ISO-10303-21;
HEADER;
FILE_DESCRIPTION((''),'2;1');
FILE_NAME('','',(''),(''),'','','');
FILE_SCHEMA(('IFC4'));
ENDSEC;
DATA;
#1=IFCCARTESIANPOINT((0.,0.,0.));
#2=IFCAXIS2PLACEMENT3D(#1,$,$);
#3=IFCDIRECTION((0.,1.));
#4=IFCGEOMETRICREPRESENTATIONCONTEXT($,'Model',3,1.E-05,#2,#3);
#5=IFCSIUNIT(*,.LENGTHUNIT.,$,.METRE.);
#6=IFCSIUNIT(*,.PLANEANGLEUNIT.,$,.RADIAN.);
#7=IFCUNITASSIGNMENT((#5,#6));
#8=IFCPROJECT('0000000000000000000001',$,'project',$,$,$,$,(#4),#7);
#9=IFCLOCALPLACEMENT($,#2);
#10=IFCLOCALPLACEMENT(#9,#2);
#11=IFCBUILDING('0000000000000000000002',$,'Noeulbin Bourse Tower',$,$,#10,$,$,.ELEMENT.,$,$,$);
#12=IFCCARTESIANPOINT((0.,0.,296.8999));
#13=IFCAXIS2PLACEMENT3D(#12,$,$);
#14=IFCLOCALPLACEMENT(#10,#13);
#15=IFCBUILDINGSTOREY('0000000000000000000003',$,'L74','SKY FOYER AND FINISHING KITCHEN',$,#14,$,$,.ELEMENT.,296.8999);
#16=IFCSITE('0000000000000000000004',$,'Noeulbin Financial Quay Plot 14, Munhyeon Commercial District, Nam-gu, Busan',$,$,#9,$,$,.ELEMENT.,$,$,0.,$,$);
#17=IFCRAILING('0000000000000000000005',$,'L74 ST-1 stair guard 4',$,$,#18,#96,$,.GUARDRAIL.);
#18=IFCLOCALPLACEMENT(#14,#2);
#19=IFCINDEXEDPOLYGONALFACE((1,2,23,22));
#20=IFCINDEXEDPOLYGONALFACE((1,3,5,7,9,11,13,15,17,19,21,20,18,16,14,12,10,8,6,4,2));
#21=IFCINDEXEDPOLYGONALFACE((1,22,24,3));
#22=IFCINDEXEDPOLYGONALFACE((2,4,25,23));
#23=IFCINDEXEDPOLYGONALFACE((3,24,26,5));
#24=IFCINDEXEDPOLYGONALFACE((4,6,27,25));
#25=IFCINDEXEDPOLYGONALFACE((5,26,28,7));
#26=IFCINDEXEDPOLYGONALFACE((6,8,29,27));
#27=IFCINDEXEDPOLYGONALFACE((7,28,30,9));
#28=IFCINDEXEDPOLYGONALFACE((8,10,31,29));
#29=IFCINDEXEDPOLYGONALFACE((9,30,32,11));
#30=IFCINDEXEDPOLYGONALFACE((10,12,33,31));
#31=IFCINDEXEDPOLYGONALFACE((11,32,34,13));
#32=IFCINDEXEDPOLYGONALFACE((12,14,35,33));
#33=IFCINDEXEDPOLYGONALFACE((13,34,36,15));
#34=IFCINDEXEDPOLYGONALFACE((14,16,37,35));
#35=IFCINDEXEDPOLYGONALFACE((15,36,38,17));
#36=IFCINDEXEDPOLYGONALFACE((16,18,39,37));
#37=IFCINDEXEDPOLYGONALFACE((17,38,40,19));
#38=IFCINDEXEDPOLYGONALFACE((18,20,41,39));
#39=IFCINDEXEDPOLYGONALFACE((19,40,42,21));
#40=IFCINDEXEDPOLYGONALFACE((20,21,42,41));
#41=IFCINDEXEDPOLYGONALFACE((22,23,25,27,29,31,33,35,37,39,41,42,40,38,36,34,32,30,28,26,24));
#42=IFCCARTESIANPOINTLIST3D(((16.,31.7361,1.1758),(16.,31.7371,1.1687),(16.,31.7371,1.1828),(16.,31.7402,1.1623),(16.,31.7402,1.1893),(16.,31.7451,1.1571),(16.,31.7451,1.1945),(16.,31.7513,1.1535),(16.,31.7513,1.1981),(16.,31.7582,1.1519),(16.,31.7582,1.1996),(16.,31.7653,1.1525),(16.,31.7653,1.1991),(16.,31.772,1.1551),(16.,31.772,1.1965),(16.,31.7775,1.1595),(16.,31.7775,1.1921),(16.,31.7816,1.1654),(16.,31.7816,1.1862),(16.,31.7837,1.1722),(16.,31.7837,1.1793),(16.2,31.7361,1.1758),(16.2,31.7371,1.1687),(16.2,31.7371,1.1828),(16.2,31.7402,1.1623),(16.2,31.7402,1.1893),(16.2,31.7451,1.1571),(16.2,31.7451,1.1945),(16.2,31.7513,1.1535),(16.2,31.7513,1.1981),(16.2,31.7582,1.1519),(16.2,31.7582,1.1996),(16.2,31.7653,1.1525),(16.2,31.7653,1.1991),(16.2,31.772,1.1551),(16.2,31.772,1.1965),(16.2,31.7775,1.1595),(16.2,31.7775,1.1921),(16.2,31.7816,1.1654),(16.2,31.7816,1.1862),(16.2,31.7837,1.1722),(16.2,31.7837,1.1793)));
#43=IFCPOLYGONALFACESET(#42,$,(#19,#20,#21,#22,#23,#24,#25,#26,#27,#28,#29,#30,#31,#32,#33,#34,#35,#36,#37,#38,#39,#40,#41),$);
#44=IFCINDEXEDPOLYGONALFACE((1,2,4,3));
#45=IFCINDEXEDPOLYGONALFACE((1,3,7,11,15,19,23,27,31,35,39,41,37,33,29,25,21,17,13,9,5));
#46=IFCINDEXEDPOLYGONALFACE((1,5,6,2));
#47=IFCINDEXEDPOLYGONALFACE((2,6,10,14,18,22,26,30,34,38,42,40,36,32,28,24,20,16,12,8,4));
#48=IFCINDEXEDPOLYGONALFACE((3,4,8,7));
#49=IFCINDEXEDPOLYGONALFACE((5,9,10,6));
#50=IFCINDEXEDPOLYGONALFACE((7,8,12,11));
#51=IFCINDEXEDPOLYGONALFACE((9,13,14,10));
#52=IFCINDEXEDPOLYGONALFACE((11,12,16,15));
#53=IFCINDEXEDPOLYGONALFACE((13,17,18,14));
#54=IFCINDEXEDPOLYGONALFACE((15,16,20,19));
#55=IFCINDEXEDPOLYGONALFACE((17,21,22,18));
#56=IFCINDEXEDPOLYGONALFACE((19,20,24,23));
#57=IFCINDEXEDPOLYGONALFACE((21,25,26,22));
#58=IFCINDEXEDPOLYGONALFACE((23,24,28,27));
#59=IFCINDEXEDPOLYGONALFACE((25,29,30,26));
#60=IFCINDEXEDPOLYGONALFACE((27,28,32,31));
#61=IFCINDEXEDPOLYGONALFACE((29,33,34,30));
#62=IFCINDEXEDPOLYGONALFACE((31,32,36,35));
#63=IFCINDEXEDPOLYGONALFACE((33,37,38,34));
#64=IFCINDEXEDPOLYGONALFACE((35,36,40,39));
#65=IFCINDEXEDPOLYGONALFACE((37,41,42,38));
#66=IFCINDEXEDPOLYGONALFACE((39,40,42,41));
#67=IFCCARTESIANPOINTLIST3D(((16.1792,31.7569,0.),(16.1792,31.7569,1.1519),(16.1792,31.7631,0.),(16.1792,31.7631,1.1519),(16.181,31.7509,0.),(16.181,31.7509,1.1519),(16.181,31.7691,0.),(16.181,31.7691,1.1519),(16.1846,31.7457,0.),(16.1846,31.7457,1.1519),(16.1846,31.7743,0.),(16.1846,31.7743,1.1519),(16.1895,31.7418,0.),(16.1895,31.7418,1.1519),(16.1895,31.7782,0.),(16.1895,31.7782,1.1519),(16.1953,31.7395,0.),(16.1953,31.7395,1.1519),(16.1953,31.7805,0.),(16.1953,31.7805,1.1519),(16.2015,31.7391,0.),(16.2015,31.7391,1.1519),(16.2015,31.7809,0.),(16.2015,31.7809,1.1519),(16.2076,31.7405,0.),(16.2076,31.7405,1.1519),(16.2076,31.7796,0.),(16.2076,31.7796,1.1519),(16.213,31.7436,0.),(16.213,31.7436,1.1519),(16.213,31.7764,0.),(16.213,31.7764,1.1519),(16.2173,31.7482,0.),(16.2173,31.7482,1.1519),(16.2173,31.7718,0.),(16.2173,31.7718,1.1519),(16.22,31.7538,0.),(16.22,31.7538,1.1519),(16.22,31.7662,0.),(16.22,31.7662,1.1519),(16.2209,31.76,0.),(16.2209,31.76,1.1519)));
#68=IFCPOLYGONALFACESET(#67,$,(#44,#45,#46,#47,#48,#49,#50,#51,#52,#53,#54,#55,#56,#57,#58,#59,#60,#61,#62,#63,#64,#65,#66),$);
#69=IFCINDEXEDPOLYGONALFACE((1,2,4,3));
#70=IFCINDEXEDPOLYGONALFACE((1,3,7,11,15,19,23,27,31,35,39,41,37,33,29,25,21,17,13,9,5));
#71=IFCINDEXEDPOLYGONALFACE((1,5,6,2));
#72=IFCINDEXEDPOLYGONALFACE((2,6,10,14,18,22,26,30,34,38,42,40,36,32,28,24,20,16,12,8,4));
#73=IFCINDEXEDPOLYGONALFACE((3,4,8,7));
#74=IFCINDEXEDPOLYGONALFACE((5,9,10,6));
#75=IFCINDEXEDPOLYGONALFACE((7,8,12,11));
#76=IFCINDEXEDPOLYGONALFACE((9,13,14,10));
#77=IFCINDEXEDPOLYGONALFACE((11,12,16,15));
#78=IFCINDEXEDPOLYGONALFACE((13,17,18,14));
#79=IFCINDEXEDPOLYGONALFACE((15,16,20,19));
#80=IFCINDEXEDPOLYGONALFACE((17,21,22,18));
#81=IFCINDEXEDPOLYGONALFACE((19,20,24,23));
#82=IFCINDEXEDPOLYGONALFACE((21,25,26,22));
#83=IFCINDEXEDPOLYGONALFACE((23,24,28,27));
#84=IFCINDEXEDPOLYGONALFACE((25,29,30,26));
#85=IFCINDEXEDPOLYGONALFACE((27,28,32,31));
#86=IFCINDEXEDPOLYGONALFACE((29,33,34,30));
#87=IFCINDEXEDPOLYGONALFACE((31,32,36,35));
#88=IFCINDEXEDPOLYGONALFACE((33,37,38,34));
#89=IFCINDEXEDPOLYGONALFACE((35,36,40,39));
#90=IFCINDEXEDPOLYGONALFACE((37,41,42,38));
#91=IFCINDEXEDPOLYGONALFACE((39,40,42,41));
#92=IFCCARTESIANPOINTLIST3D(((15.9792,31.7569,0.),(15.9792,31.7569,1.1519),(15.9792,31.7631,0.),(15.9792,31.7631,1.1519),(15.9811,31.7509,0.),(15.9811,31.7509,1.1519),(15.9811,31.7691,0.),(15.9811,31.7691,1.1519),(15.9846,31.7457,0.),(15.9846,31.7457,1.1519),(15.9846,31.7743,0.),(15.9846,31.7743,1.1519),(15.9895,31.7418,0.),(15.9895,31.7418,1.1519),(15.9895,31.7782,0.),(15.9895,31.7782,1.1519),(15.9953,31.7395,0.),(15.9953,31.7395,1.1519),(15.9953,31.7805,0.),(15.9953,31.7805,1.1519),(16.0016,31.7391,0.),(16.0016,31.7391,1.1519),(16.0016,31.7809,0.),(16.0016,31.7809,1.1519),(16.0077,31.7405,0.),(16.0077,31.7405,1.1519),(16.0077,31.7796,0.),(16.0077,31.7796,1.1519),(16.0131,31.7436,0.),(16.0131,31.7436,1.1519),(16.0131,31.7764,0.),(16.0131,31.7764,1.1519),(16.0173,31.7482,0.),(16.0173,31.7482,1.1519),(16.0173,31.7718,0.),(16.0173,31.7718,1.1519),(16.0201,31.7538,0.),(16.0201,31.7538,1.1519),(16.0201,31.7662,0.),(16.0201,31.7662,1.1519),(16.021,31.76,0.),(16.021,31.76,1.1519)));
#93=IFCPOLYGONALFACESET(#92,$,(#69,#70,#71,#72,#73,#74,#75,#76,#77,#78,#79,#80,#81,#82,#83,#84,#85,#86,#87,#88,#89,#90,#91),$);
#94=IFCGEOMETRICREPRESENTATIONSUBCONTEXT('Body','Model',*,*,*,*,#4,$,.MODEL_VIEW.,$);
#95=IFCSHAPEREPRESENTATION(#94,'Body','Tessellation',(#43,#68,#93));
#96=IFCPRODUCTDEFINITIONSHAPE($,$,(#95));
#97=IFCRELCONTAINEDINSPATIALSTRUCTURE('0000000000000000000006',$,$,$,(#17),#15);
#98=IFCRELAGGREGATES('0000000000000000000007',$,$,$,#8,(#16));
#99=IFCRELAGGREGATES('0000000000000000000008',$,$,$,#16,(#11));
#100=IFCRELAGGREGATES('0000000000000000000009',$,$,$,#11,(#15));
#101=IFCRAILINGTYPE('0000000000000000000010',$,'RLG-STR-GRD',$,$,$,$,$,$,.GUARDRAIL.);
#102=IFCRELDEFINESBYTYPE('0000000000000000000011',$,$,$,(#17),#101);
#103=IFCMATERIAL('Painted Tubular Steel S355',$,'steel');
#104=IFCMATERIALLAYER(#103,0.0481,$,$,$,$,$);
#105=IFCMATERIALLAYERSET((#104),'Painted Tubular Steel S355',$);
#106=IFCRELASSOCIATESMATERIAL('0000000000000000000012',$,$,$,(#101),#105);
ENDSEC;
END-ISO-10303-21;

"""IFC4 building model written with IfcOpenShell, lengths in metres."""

from ifc_helpers import new_model, si_unit, direction, frame, origin, origin_2d, place, context, subcontext, project, spatial, circle, extrude, material, layer, layer_set, type_object, element, save


model = new_model("IFC4")

# Units and contexts
model_context = context("Model", 3, precision=1e-05, world=origin(), true_north=direction((0.0, 1.0)))
body_context = subcontext(model_context, "Body", "Model", "MODEL_VIEW")
ifc_project = project(units=[si_unit("LENGTHUNIT", "METRE"), si_unit("PLANEANGLEUNIT", "RADIAN")], contexts=[model_context])

# Site, building, storey
site_placement = place(None, origin())
site = spatial("IfcSite", under=ifc_project, at=site_placement, Name="Noeulbin Financial Quay Plot 14, Munhyeon Commercial District, Nam-gu, Busan", CompositionType="ELEMENT", RefElevation=0.0)
building_placement = place(site_placement, origin())
building = spatial("IfcBuilding", under=site, at=building_placement, Name="Noeulbin Bourse Tower", CompositionType="ELEMENT")
storey_placement = place(building_placement, frame((0.0, 0.0, 296.8999)))
storey = spatial("IfcBuildingStorey", under=building, at=storey_placement, Name="L74", Description="SKY FOYER AND FINISHING KITCHEN", CompositionType="ELEMENT", Elevation=296.8999)

# Railing
ifc_material_1 = material(Name="Painted Tubular Steel S355", Category="steel")
ifc_layer_1 = layer(ifc_material_1, 0.0481)
ifc_layer_set_1 = layer_set([ifc_layer_1], Name="Painted Tubular Steel S355")
railing_type_1 = type_object("IfcRailingType", Name="RLG-STR-GRD", PredefinedType="GUARDRAIL", material=ifc_layer_set_1)
railing_1_placement = place(storey_placement, frame((16.2, 31.76, 0.0)))
element("IfcRailing", 1, at=railing_1_placement, inside=storey, type_object=railing_type_1, Name="L74 ST-1 stair guard 4", PredefinedType="GUARDRAIL", context=body_context, shape_type="SweptSolid", body=[
    extrude(circle(Radius=0.0239, at=origin_2d()), frame((0.0, 0.0, 1.1758), z_axis=(-1.0, 0.0, 0.0), x_axis=(0.0, -1.0, 0.0)), (0.0, 0.0, 1.0), 0.2),
    extrude(circle(Radius=0.021, at=origin_2d()), origin(), (0.0, 0.0, 1.0), 1.1519),
    extrude(circle(Radius=0.021, at=origin_2d()), frame((-0.2, 0.0, 0.0)), (0.0, 0.0, 1.0), 1.1519),
])

save(model, "model.ifc")
